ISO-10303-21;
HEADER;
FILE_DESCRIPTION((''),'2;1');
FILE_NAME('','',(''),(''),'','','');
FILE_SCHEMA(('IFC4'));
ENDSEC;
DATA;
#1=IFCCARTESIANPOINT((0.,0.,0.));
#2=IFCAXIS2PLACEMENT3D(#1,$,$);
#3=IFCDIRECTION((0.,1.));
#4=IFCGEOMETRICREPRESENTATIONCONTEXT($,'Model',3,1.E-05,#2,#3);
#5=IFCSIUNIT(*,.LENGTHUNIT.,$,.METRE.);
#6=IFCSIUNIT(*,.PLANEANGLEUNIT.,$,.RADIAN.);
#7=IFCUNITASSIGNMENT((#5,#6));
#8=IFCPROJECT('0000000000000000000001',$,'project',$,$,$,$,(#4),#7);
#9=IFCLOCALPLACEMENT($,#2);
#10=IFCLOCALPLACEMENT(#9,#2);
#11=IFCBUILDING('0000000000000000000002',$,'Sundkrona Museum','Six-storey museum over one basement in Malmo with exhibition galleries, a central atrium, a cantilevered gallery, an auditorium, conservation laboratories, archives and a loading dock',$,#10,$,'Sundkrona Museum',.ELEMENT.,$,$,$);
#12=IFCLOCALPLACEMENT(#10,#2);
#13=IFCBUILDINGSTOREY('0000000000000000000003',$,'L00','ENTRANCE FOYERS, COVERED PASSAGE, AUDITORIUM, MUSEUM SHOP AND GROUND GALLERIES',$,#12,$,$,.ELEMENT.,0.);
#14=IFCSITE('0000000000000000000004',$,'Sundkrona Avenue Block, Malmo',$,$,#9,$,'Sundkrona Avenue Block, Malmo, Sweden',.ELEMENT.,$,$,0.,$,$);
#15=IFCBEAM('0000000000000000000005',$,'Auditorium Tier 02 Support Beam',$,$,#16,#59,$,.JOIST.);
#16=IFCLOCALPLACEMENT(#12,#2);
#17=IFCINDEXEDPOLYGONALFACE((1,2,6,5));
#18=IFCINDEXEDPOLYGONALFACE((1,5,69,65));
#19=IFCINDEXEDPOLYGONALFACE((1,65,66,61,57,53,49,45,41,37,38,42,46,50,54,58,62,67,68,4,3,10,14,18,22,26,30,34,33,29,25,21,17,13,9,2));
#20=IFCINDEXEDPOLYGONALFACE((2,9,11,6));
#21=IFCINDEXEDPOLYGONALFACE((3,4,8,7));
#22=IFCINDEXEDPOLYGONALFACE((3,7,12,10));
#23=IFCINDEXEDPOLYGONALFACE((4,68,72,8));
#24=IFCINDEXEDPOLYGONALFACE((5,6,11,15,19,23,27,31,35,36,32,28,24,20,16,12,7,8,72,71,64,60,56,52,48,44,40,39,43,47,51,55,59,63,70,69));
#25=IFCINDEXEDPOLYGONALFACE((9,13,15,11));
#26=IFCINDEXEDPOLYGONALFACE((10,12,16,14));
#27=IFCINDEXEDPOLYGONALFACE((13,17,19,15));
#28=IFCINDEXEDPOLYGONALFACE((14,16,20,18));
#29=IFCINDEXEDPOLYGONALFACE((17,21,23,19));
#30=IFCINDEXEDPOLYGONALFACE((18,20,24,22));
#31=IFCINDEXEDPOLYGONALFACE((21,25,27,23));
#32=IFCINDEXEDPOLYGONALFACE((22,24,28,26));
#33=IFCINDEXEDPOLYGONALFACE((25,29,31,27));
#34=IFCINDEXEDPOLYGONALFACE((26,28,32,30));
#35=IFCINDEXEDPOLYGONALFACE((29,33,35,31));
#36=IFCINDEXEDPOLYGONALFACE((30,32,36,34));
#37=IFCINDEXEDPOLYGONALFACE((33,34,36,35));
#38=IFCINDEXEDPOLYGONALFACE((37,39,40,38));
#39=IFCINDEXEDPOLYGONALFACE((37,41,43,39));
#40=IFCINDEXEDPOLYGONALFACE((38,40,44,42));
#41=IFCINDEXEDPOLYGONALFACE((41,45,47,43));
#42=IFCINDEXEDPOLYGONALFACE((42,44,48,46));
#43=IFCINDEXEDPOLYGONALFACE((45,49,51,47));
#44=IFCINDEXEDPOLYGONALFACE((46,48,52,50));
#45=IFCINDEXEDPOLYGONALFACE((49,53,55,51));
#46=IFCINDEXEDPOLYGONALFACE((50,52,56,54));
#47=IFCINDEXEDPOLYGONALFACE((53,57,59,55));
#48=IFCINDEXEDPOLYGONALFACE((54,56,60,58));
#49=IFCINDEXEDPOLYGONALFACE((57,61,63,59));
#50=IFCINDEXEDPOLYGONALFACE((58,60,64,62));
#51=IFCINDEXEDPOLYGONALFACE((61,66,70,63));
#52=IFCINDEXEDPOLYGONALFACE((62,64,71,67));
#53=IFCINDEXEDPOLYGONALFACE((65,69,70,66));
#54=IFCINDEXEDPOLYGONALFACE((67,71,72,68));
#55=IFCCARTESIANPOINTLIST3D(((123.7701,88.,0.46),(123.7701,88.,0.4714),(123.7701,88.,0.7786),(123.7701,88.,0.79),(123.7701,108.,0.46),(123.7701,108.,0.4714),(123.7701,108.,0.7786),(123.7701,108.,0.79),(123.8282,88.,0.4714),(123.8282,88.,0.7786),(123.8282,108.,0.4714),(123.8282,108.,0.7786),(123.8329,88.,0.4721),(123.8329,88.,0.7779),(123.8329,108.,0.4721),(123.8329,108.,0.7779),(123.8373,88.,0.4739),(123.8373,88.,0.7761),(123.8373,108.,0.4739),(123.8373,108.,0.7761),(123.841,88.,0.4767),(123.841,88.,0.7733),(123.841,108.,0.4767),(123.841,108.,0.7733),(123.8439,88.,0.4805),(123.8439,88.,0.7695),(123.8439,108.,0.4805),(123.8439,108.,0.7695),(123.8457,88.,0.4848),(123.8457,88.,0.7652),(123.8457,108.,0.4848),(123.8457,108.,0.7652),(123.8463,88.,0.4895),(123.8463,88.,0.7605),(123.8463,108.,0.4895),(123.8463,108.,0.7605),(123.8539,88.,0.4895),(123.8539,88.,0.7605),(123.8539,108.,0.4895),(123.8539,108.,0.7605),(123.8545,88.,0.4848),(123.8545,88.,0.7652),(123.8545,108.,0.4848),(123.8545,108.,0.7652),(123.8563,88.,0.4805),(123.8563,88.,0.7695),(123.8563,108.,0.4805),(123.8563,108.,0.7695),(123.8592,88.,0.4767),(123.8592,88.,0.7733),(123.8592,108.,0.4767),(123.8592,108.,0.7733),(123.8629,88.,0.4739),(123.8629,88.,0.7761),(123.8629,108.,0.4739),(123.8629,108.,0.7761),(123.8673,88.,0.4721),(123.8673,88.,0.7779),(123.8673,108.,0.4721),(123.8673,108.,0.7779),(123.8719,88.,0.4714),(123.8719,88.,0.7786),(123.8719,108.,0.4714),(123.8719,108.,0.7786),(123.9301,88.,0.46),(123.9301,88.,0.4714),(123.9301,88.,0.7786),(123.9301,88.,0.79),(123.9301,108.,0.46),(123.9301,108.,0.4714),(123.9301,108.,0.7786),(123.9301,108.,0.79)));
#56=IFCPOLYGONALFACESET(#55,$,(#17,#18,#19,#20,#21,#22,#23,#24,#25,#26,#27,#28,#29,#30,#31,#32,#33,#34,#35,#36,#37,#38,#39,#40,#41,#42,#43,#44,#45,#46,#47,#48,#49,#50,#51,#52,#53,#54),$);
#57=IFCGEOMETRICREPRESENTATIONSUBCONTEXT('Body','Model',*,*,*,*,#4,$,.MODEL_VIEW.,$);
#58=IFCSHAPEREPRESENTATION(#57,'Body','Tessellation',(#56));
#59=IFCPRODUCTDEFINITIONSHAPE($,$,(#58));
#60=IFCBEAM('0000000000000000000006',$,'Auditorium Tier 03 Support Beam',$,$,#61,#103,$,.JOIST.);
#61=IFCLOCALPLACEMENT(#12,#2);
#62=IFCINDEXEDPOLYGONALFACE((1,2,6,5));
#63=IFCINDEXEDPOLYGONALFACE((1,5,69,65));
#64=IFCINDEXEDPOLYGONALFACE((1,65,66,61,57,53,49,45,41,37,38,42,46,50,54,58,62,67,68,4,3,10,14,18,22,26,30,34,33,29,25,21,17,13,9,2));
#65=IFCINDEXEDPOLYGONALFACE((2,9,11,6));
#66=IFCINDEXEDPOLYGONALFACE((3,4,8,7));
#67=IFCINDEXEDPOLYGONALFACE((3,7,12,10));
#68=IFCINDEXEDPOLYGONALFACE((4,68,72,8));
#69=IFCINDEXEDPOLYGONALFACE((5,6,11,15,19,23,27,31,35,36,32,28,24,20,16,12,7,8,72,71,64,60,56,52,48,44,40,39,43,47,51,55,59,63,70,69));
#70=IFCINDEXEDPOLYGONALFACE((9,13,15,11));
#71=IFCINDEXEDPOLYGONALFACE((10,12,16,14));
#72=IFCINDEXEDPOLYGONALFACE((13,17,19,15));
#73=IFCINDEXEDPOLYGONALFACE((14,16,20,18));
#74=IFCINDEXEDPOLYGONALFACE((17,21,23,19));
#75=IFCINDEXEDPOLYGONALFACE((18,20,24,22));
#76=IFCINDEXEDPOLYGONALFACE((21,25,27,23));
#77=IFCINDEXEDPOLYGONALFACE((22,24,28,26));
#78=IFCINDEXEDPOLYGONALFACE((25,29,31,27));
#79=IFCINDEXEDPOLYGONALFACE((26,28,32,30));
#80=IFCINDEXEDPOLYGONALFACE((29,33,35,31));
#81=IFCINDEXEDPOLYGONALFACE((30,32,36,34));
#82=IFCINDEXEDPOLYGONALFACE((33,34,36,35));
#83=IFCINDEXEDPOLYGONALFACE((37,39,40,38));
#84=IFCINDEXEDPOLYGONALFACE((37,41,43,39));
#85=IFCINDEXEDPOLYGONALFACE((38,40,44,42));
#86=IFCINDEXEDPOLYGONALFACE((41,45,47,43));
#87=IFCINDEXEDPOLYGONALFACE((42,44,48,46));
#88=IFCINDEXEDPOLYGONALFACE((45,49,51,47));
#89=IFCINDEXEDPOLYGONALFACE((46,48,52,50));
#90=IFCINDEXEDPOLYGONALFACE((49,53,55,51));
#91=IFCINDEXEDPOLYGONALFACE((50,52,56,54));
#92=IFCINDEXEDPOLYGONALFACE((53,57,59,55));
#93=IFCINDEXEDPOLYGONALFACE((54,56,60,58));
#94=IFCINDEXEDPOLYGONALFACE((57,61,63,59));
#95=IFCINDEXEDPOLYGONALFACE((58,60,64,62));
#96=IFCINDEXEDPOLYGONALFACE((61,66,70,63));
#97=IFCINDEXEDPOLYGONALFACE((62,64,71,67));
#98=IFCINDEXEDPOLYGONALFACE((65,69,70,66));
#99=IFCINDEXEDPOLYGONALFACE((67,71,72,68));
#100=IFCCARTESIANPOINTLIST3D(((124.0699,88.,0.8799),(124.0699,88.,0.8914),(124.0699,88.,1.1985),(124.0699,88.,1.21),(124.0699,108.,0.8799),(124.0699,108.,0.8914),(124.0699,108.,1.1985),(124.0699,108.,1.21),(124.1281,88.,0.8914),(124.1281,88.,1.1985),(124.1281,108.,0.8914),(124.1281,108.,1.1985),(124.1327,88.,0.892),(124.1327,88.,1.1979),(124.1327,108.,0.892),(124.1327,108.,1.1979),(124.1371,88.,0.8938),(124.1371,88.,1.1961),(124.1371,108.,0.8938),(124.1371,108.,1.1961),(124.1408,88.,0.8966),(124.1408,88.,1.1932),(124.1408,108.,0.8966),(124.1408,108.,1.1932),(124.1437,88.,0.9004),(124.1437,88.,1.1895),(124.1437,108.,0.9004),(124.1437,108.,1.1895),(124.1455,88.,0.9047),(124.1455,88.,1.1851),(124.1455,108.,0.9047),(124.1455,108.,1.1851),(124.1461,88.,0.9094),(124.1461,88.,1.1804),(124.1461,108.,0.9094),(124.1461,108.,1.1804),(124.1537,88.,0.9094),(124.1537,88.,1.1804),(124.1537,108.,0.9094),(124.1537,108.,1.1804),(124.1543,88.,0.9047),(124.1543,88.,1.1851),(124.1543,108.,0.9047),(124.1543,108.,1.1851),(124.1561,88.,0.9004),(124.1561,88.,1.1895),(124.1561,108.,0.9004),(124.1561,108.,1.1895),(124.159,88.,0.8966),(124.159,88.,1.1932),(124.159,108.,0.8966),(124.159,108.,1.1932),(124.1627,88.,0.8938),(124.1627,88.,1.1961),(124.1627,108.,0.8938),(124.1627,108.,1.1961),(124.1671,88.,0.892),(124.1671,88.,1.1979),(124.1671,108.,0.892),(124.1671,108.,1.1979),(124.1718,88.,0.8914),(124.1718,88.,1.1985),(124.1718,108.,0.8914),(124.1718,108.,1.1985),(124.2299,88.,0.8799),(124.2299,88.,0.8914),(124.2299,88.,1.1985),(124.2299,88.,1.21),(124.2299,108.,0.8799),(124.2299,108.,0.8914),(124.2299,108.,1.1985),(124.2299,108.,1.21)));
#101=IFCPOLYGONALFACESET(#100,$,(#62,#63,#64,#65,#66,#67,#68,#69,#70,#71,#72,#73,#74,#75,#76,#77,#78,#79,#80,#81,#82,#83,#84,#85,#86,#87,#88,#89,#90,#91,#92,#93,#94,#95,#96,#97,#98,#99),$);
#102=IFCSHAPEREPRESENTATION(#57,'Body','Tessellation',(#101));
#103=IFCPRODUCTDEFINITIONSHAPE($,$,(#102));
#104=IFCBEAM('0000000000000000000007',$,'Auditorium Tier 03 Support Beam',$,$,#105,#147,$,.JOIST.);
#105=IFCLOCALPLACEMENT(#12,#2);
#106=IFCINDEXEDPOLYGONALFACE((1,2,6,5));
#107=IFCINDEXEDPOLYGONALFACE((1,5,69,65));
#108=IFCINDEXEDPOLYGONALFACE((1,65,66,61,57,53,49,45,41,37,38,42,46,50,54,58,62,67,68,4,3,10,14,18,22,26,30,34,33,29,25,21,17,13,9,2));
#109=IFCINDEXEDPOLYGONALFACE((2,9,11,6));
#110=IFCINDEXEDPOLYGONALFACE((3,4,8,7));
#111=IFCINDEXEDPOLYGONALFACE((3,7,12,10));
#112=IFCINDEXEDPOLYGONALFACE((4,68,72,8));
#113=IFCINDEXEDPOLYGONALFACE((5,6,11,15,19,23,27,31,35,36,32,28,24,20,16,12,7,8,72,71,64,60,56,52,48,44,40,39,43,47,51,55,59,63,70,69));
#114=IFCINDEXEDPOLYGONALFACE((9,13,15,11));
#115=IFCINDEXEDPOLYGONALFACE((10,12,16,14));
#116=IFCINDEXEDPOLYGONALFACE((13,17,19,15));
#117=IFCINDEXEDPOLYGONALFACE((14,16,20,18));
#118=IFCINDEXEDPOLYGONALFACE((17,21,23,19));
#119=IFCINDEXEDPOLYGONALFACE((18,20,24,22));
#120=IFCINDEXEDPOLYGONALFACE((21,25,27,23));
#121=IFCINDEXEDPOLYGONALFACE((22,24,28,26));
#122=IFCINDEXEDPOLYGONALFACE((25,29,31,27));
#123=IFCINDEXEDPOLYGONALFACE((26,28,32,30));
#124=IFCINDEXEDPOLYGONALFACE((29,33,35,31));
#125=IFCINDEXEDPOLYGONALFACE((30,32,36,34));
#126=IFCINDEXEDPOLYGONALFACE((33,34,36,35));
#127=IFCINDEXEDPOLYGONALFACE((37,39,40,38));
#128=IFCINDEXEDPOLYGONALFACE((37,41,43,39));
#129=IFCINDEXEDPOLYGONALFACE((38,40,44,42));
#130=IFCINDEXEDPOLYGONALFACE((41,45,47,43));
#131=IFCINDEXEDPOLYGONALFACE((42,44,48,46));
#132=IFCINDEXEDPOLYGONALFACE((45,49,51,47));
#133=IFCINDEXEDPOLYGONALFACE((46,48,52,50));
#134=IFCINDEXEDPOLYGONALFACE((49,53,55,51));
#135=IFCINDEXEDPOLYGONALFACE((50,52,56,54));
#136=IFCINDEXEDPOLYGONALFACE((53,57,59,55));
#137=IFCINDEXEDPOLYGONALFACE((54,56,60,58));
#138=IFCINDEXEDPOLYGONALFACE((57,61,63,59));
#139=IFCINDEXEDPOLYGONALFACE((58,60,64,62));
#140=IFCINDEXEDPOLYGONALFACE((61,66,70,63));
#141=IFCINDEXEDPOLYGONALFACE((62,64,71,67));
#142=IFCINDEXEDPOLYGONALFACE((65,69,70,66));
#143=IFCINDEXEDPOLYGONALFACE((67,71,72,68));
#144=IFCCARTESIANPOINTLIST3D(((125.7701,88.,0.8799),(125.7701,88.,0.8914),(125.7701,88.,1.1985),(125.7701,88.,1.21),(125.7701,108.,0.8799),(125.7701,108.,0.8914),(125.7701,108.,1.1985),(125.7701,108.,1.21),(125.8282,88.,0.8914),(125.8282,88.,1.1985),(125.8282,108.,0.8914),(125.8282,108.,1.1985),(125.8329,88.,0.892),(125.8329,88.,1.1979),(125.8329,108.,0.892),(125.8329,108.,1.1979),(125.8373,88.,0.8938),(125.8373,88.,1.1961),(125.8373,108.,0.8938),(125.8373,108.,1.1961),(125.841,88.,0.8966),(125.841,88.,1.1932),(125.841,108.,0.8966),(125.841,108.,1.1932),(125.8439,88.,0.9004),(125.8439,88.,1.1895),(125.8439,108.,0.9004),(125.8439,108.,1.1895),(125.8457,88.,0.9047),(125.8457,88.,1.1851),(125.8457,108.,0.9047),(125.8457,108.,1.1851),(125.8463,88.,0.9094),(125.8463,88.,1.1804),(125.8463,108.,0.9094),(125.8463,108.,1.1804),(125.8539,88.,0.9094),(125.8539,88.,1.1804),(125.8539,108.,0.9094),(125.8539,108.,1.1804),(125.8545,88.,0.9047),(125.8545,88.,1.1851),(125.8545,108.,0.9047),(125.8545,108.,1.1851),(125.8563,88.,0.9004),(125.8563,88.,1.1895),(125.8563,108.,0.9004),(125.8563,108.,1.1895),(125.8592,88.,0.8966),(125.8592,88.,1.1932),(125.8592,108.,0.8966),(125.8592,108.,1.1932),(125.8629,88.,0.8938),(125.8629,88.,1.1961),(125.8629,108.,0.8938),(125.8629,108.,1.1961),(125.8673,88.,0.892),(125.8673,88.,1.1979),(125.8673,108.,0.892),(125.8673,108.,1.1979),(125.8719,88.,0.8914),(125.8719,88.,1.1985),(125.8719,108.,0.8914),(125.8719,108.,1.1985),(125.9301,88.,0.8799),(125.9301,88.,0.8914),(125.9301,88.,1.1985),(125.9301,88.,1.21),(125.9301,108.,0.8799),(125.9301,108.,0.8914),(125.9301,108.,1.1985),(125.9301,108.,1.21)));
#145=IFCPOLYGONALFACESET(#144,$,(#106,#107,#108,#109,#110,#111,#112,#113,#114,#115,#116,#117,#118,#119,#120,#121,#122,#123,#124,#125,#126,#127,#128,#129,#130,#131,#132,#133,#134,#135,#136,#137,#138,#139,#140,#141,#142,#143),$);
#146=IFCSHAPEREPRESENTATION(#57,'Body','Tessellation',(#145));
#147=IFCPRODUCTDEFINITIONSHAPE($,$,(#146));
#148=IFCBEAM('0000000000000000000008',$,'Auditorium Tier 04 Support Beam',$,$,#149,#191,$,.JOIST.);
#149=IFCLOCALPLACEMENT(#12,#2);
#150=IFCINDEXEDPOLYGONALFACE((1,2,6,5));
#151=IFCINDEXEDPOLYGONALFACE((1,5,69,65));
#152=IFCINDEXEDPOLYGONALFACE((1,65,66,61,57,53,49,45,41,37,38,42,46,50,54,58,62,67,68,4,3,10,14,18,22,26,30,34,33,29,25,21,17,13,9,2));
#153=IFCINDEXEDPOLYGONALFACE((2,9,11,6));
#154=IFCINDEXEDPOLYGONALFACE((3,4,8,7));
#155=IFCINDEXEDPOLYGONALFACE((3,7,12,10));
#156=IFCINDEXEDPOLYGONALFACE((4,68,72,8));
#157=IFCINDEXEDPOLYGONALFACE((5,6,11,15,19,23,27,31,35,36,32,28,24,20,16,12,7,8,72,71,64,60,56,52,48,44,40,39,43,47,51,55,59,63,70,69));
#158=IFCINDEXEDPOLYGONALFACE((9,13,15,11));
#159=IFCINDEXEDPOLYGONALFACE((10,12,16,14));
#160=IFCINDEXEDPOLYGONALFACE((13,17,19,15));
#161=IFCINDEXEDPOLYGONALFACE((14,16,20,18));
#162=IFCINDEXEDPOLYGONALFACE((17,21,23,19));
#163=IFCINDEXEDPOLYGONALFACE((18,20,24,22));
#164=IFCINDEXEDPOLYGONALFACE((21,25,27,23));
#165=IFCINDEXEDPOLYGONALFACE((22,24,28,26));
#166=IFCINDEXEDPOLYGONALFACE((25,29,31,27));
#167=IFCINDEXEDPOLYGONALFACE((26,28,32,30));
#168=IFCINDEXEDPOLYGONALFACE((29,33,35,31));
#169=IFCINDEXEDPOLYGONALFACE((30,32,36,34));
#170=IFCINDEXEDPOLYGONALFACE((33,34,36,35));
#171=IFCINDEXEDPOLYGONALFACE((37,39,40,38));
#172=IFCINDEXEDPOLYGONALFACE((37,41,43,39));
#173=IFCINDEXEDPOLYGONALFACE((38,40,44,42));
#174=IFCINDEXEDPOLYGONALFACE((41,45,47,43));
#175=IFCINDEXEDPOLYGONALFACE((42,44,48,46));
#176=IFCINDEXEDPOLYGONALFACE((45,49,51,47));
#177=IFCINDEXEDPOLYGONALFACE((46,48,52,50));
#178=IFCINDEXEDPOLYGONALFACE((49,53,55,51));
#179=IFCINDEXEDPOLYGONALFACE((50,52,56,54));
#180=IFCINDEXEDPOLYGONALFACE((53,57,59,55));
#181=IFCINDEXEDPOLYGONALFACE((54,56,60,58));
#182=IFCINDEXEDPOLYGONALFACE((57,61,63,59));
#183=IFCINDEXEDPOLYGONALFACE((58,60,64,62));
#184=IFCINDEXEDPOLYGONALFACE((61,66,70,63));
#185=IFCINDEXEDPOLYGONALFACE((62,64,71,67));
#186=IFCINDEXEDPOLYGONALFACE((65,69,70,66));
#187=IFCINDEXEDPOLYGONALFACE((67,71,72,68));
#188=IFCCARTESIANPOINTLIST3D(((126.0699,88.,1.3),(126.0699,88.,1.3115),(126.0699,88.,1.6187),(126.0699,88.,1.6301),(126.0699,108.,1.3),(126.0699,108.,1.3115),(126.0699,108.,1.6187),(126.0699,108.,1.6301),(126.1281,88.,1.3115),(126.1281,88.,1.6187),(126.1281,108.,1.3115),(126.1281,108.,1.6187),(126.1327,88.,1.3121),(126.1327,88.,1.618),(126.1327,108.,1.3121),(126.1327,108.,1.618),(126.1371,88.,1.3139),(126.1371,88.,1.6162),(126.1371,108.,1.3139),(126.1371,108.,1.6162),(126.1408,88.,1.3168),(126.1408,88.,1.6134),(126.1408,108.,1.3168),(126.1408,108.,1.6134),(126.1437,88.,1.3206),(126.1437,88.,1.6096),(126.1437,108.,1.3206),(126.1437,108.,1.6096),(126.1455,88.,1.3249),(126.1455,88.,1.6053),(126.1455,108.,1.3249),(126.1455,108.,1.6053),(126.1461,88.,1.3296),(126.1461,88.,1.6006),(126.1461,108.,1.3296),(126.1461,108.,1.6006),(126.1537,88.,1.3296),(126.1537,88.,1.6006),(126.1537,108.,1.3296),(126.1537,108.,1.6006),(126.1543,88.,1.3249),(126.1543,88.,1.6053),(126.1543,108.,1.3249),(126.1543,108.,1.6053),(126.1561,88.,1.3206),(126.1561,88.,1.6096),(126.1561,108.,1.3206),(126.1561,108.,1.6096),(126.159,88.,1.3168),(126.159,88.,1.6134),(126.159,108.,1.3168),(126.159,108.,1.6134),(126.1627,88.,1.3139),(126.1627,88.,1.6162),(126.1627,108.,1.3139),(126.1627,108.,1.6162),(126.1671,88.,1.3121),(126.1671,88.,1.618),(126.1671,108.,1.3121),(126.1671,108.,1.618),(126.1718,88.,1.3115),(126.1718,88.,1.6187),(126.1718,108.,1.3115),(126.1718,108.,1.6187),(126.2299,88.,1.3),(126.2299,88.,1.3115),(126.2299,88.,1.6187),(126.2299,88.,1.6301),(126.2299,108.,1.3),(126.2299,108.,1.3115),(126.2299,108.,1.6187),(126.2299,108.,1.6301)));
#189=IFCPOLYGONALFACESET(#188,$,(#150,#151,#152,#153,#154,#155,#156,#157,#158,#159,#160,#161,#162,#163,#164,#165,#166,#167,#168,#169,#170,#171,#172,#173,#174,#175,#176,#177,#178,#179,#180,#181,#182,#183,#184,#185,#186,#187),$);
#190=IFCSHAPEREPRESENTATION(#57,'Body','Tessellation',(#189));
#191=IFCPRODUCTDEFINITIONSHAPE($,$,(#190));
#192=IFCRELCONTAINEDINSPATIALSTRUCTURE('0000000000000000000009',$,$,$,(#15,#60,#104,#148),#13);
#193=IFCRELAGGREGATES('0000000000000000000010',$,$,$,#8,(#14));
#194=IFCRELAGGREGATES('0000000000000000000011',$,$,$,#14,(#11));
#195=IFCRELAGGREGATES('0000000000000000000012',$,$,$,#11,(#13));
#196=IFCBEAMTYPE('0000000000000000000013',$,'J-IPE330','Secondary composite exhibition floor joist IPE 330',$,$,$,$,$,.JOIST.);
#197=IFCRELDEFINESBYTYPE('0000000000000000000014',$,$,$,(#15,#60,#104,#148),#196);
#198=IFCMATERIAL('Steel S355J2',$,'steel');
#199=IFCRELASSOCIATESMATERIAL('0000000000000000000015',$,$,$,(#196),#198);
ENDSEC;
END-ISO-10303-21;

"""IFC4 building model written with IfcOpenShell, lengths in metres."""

from ifc_helpers import new_model, si_unit, direction, frame, origin, origin_2d, place, context, subcontext, project, spatial, i_section, extrude, material, material_profile, profile_set, type_object, element, save


model = new_model("IFC4")

# Units and contexts
model_context = context("Model", 3, precision=1e-05, world=origin(), true_north=direction((0.0, 1.0)))
body_context = subcontext(model_context, "Body", "Model", "MODEL_VIEW")
ifc_project = project(units=[si_unit("LENGTHUNIT", "METRE"), si_unit("PLANEANGLEUNIT", "RADIAN")], contexts=[model_context])

# Site, building, storey
site_placement = place(None, origin())
site = spatial("IfcSite", under=ifc_project, at=site_placement, Name="Sundkrona Avenue Block, Malmo", LongName="Sundkrona Avenue Block, Malmo, Sweden", CompositionType="ELEMENT", RefElevation=0.0)
building_placement = place(site_placement, origin())
building = spatial("IfcBuilding", under=site, at=building_placement, Name="Sundkrona Museum", Description="Six-storey museum over one basement in Malmo with exhibition galleries, a central atrium, a cantilevered gallery, an auditorium, conservation laboratories, archives and a loading dock", LongName="Sundkrona Museum", CompositionType="ELEMENT")
storey_placement = place(building_placement, origin())
storey = spatial("IfcBuildingStorey", under=building, at=storey_placement, Name="L00", Description="ENTRANCE FOYERS, COVERED PASSAGE, AUDITORIUM, MUSEUM SHOP AND GROUND GALLERIES", CompositionType="ELEMENT", Elevation=0.0)

# Shared definitions
ifc_material_1 = material(Name="Steel S355J2", Category="steel")

# Beams
ifc_material_profile_1 = material_profile(ifc_material_1, i_section(OverallWidth=0.1599, OverallDepth=0.3301, WebThickness=0.0076, FlangeThickness=0.0115, FilletRadius=0.0181, at=origin_2d()), Name="IPE 330")
ifc_profile_set_1 = profile_set([ifc_material_profile_1], Name="Steel S355J2")
beam_type_1 = type_object("IfcBeamType", Name="J-IPE330", Description="Secondary composite exhibition floor joist IPE 330", PredefinedType="JOIST", material=ifc_profile_set_1)
for number, where, z_axis, x_axis, name in (
    (1, (123.8501, 88.0, 0.625), (0.0, 1.0, 0.0), (-1.0, 0.0, 0.0), "Auditorium Tier 02 Support Beam"),
    (2, (124.1499, 88.0, 1.0449), (0.0, 1.0, 0.0), (-1.0, 0.0, 0.0), "Auditorium Tier 03 Support Beam"),
    (3, (125.8501, 88.0, 1.0449), (0.0, 1.0, 0.0), (-1.0, 0.0, 0.0), "Auditorium Tier 03 Support Beam"),
    (4, (126.1499, 88.0, 1.4651), (0.0, 1.0, 0.0), (-1.0, 0.0, 0.0), "Auditorium Tier 04 Support Beam"),
):
    element("IfcBeam", number, at=place(storey_placement, frame(where, z_axis=z_axis, x_axis=x_axis)), inside=storey, type_object=beam_type_1, Name=name, PredefinedType="JOIST", context=body_context, shape_type="SweptSolid", body=[
        extrude(i_section(OverallWidth=0.1599, OverallDepth=0.3301, WebThickness=0.0076, FlangeThickness=0.0115, FilletRadius=0.0181, at=origin_2d()), origin(), (0.0, 0.0, 1.0), 20.0),
    ])

save(model, "model.ifc")
